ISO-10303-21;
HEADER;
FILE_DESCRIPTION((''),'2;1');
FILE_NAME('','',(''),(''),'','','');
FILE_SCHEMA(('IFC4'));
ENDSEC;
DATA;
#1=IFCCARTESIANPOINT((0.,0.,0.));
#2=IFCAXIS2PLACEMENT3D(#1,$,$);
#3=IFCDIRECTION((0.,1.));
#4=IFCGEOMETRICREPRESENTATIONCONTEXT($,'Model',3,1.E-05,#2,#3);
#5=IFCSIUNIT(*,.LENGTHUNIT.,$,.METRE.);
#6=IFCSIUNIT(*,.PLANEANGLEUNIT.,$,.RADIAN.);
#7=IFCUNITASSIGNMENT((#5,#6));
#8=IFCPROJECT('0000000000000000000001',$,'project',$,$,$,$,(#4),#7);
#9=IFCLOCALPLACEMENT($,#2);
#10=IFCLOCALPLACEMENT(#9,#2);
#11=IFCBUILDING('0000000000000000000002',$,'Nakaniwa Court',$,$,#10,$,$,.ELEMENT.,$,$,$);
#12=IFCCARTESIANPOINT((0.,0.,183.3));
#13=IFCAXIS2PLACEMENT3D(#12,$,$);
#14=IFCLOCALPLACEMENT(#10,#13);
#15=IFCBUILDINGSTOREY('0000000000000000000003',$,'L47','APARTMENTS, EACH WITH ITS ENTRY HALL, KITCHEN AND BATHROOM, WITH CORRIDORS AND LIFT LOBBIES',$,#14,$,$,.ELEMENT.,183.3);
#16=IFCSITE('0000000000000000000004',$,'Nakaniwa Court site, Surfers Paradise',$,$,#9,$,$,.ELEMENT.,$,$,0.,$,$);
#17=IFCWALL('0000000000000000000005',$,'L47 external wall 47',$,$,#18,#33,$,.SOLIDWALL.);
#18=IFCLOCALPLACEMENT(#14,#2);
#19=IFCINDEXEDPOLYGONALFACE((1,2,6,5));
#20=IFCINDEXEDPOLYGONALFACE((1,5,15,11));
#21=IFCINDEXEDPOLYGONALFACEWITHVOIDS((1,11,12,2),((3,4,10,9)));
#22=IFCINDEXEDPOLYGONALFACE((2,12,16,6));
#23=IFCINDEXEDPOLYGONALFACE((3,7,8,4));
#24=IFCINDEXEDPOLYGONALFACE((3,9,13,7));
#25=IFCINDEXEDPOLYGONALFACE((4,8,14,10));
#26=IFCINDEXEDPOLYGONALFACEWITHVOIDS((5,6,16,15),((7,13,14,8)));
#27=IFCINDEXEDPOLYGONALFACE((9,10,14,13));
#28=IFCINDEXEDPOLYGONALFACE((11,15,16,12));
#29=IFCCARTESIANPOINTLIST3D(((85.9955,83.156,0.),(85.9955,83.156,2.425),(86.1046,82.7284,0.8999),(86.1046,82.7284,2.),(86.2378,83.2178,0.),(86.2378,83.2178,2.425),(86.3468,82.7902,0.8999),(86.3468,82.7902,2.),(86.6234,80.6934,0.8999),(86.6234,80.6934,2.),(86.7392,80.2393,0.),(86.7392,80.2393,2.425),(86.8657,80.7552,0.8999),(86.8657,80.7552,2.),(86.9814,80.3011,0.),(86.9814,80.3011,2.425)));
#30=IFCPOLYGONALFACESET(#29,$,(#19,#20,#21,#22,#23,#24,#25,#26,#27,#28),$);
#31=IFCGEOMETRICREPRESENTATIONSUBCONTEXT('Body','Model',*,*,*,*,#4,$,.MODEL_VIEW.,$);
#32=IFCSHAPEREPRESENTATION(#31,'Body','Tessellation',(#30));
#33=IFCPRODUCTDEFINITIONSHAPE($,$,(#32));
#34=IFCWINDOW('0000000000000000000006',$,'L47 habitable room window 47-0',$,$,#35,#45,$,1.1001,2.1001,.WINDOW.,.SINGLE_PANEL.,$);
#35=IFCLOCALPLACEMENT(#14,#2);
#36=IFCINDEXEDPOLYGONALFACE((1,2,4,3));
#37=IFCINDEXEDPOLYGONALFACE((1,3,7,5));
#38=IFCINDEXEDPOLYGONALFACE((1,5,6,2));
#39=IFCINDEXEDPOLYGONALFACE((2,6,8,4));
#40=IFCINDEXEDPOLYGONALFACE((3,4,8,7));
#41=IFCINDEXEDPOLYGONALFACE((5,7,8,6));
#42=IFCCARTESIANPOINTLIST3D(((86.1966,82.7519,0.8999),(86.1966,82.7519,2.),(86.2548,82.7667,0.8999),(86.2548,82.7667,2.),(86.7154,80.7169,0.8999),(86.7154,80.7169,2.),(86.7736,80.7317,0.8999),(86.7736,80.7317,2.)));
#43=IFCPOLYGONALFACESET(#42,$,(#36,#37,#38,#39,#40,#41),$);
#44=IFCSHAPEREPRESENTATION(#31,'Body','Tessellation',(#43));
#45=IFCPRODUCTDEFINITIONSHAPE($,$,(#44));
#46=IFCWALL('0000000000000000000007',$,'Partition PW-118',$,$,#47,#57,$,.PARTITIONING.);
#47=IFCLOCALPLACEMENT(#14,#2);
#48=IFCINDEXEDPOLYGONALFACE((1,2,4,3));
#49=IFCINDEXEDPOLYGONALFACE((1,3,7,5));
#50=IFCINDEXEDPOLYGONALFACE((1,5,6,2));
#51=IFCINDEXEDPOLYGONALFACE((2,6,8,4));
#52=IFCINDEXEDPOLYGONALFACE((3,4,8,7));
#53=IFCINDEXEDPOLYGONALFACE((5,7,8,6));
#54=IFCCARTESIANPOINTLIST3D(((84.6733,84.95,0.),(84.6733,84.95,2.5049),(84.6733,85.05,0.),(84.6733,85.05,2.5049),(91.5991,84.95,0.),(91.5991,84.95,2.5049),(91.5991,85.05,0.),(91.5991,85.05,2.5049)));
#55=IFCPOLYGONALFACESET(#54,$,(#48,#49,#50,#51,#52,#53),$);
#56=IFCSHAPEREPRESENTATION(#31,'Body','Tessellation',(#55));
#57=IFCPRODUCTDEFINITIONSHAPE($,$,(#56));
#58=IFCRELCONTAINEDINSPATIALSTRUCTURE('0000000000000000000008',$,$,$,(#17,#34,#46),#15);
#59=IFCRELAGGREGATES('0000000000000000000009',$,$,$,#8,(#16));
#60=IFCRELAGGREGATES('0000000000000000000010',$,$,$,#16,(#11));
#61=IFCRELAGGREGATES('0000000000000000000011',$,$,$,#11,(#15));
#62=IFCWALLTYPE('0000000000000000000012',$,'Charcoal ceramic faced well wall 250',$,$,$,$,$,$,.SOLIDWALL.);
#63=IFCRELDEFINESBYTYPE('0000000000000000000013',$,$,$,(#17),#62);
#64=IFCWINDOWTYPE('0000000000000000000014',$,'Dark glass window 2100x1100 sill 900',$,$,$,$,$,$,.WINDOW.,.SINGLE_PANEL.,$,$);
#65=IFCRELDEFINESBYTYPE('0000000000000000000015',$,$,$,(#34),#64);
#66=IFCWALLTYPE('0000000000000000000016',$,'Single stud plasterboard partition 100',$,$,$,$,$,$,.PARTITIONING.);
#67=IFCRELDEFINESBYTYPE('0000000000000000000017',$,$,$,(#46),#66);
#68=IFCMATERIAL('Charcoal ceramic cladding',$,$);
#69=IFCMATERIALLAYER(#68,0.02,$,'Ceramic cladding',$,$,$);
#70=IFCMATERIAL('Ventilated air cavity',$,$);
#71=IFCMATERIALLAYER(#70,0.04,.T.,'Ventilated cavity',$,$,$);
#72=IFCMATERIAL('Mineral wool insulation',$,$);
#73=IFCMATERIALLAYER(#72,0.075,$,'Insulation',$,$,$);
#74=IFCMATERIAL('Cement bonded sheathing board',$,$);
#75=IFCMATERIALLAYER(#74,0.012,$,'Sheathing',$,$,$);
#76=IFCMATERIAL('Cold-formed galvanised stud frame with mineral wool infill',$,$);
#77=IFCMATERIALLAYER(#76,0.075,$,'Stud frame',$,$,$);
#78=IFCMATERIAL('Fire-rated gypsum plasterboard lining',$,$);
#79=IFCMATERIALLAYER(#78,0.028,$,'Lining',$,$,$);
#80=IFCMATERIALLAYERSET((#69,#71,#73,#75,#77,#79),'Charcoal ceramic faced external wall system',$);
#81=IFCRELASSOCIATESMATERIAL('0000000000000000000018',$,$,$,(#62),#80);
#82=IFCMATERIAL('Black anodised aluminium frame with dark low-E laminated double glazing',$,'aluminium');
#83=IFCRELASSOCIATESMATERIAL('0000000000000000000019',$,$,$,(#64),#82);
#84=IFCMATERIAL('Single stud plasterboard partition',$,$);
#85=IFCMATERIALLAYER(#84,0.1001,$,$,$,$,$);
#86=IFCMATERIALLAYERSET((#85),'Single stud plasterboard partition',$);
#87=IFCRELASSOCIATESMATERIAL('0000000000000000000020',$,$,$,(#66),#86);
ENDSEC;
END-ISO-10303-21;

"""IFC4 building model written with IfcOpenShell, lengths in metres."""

from ifc_helpers import new_model, si_unit, direction, frame, frame_2d, origin, place, context, subcontext, project, spatial, rectangle, extrude, material, layer, layer_set, type_object, element, fill, save


model = new_model("IFC4")

# Units and contexts
model_context = context("Model", 3, precision=1e-05, world=origin(), true_north=direction((0.0, 1.0)))
body_context = subcontext(model_context, "Body", "Model", "MODEL_VIEW")
ifc_project = project(units=[si_unit("LENGTHUNIT", "METRE"), si_unit("PLANEANGLEUNIT", "RADIAN")], contexts=[model_context])

# Site, building, storey
site_placement = place(None, origin())
site = spatial("IfcSite", under=ifc_project, at=site_placement, Name="Nakaniwa Court site, Surfers Paradise", CompositionType="ELEMENT", RefElevation=0.0)
building_placement = place(site_placement, origin())
building = spatial("IfcBuilding", under=site, at=building_placement, Name="Nakaniwa Court", CompositionType="ELEMENT")
storey_placement = place(building_placement, frame((0.0, 0.0, 183.3)))
storey = spatial("IfcBuildingStorey", under=building, at=storey_placement, Name="L47", Description="APARTMENTS, EACH WITH ITS ENTRY HALL, KITCHEN AND BATHROOM, WITH CORRIDORS AND LIFT LOBBIES", CompositionType="ELEMENT", Elevation=183.3)

# Wall, opening, window
ifc_material_1 = material(Name="Charcoal ceramic cladding")
ifc_layer_1 = layer(ifc_material_1, 0.02, Name="Ceramic cladding")
ifc_material_2 = material(Name="Ventilated air cavity")
ifc_layer_2 = layer(ifc_material_2, 0.04, ventilated=True, Name="Ventilated cavity")
ifc_material_3 = material(Name="Mineral wool insulation")
ifc_layer_3 = layer(ifc_material_3, 0.075, Name="Insulation")
ifc_material_4 = material(Name="Cement bonded sheathing board")
ifc_layer_4 = layer(ifc_material_4, 0.012, Name="Sheathing")
ifc_material_5 = material(Name="Cold-formed galvanised stud frame with mineral wool infill")
ifc_layer_5 = layer(ifc_material_5, 0.075, Name="Stud frame")
ifc_material_6 = material(Name="Fire-rated gypsum plasterboard lining")
ifc_layer_6 = layer(ifc_material_6, 0.028, Name="Lining")
ifc_layer_set_1 = layer_set([ifc_layer_1, ifc_layer_2, ifc_layer_3, ifc_layer_4, ifc_layer_5, ifc_layer_6], Name="Charcoal ceramic faced external wall system")
wall_type_1 = type_object("IfcWallType", Name="Charcoal ceramic faced well wall 250", PredefinedType="SOLIDWALL", material=ifc_layer_set_1)
ifc_material_7 = material(Name="Black anodised aluminium frame with dark low-E laminated double glazing", Category="aluminium")
window_type = type_object("IfcWindowType", Name="Dark glass window 2100x1100 sill 900", PartitioningType="SINGLE_PANEL", PredefinedType="WINDOW", material=ifc_material_7)
wall_1_placement = place(storey_placement, frame((86.1167, 83.1868, 0.0), z_axis=(0.0, 0.0, 1.0), x_axis=(0.247056, -0.969001, 0.0)))
wall_1 = element("IfcWall", 1, at=wall_1_placement, inside=storey, type_object=wall_type_1, Name="L47 external wall 47", PredefinedType="SOLIDWALL", context=body_context, shape_type="SweptSolid", body=[
    extrude(rectangle(XDim=3.01, YDim=0.25, at=frame_2d((1.5049, 0.0))), origin(), (0.0, 0.0, 1.0), 2.425),
])
opening_1_placement = place(wall_1_placement, frame((0.4412, 0.0, 0.8999)))
opening_1 = element("IfcOpeningElement", 2, at=opening_1_placement, cuts=wall_1, PredefinedType="OPENING", context=body_context, shape_type="SweptSolid", body=[
    extrude(rectangle(XDim=2.1001, YDim=1.1001, at=frame_2d((1.05, 0.55))), frame((0.0, 0.135, 0.0), z_axis=(0.0, -1.0, 0.0), x_axis=(1.0, 0.0, 0.0)), (0.0, 0.0, 1.0), 0.27),
])
window_1_placement = place(opening_1_placement, origin())
window_1 = element("IfcWindow", 3, at=window_1_placement, inside=storey, type_object=window_type, Name="L47 habitable room window 47-0", OverallHeight=1.1001, OverallWidth=2.1001, PartitioningType="SINGLE_PANEL", PredefinedType="WINDOW", context=body_context, shape_type="SweptSolid", body=[
    extrude(rectangle(XDim=2.1001, YDim=1.1001, at=frame_2d((1.05, 0.55))), frame((0.0, 0.03, 0.0), z_axis=(0.0, -1.0, 0.0), x_axis=(1.0, 0.0, 0.0)), (0.0, 0.0, 1.0), 0.0601),
])
fill(opening_1, window_1)

# Wall
ifc_material_8 = material(Name="Single stud plasterboard partition")
ifc_layer_7 = layer(ifc_material_8, 0.1001)
ifc_layer_set_2 = layer_set([ifc_layer_7], Name="Single stud plasterboard partition")
wall_type_2 = type_object("IfcWallType", Name="Single stud plasterboard partition 100", PredefinedType="PARTITIONING", material=ifc_layer_set_2)
wall_2_placement = place(storey_placement, frame((84.6733, 85.0, 0.0), z_axis=(0.0, 0.0, 1.0), x_axis=(1.0, 0.0, 0.0)))
element("IfcWall", 4, at=wall_2_placement, inside=storey, type_object=wall_type_2, Name="Partition PW-118", PredefinedType="PARTITIONING", context=body_context, shape_type="SweptSolid", body=[
    extrude(rectangle(XDim=6.9258, YDim=0.1001, at=frame_2d((3.4629, 0.0))), origin(), (0.0, 0.0, 1.0), 2.5049),
])

save(model, "model.ifc")
